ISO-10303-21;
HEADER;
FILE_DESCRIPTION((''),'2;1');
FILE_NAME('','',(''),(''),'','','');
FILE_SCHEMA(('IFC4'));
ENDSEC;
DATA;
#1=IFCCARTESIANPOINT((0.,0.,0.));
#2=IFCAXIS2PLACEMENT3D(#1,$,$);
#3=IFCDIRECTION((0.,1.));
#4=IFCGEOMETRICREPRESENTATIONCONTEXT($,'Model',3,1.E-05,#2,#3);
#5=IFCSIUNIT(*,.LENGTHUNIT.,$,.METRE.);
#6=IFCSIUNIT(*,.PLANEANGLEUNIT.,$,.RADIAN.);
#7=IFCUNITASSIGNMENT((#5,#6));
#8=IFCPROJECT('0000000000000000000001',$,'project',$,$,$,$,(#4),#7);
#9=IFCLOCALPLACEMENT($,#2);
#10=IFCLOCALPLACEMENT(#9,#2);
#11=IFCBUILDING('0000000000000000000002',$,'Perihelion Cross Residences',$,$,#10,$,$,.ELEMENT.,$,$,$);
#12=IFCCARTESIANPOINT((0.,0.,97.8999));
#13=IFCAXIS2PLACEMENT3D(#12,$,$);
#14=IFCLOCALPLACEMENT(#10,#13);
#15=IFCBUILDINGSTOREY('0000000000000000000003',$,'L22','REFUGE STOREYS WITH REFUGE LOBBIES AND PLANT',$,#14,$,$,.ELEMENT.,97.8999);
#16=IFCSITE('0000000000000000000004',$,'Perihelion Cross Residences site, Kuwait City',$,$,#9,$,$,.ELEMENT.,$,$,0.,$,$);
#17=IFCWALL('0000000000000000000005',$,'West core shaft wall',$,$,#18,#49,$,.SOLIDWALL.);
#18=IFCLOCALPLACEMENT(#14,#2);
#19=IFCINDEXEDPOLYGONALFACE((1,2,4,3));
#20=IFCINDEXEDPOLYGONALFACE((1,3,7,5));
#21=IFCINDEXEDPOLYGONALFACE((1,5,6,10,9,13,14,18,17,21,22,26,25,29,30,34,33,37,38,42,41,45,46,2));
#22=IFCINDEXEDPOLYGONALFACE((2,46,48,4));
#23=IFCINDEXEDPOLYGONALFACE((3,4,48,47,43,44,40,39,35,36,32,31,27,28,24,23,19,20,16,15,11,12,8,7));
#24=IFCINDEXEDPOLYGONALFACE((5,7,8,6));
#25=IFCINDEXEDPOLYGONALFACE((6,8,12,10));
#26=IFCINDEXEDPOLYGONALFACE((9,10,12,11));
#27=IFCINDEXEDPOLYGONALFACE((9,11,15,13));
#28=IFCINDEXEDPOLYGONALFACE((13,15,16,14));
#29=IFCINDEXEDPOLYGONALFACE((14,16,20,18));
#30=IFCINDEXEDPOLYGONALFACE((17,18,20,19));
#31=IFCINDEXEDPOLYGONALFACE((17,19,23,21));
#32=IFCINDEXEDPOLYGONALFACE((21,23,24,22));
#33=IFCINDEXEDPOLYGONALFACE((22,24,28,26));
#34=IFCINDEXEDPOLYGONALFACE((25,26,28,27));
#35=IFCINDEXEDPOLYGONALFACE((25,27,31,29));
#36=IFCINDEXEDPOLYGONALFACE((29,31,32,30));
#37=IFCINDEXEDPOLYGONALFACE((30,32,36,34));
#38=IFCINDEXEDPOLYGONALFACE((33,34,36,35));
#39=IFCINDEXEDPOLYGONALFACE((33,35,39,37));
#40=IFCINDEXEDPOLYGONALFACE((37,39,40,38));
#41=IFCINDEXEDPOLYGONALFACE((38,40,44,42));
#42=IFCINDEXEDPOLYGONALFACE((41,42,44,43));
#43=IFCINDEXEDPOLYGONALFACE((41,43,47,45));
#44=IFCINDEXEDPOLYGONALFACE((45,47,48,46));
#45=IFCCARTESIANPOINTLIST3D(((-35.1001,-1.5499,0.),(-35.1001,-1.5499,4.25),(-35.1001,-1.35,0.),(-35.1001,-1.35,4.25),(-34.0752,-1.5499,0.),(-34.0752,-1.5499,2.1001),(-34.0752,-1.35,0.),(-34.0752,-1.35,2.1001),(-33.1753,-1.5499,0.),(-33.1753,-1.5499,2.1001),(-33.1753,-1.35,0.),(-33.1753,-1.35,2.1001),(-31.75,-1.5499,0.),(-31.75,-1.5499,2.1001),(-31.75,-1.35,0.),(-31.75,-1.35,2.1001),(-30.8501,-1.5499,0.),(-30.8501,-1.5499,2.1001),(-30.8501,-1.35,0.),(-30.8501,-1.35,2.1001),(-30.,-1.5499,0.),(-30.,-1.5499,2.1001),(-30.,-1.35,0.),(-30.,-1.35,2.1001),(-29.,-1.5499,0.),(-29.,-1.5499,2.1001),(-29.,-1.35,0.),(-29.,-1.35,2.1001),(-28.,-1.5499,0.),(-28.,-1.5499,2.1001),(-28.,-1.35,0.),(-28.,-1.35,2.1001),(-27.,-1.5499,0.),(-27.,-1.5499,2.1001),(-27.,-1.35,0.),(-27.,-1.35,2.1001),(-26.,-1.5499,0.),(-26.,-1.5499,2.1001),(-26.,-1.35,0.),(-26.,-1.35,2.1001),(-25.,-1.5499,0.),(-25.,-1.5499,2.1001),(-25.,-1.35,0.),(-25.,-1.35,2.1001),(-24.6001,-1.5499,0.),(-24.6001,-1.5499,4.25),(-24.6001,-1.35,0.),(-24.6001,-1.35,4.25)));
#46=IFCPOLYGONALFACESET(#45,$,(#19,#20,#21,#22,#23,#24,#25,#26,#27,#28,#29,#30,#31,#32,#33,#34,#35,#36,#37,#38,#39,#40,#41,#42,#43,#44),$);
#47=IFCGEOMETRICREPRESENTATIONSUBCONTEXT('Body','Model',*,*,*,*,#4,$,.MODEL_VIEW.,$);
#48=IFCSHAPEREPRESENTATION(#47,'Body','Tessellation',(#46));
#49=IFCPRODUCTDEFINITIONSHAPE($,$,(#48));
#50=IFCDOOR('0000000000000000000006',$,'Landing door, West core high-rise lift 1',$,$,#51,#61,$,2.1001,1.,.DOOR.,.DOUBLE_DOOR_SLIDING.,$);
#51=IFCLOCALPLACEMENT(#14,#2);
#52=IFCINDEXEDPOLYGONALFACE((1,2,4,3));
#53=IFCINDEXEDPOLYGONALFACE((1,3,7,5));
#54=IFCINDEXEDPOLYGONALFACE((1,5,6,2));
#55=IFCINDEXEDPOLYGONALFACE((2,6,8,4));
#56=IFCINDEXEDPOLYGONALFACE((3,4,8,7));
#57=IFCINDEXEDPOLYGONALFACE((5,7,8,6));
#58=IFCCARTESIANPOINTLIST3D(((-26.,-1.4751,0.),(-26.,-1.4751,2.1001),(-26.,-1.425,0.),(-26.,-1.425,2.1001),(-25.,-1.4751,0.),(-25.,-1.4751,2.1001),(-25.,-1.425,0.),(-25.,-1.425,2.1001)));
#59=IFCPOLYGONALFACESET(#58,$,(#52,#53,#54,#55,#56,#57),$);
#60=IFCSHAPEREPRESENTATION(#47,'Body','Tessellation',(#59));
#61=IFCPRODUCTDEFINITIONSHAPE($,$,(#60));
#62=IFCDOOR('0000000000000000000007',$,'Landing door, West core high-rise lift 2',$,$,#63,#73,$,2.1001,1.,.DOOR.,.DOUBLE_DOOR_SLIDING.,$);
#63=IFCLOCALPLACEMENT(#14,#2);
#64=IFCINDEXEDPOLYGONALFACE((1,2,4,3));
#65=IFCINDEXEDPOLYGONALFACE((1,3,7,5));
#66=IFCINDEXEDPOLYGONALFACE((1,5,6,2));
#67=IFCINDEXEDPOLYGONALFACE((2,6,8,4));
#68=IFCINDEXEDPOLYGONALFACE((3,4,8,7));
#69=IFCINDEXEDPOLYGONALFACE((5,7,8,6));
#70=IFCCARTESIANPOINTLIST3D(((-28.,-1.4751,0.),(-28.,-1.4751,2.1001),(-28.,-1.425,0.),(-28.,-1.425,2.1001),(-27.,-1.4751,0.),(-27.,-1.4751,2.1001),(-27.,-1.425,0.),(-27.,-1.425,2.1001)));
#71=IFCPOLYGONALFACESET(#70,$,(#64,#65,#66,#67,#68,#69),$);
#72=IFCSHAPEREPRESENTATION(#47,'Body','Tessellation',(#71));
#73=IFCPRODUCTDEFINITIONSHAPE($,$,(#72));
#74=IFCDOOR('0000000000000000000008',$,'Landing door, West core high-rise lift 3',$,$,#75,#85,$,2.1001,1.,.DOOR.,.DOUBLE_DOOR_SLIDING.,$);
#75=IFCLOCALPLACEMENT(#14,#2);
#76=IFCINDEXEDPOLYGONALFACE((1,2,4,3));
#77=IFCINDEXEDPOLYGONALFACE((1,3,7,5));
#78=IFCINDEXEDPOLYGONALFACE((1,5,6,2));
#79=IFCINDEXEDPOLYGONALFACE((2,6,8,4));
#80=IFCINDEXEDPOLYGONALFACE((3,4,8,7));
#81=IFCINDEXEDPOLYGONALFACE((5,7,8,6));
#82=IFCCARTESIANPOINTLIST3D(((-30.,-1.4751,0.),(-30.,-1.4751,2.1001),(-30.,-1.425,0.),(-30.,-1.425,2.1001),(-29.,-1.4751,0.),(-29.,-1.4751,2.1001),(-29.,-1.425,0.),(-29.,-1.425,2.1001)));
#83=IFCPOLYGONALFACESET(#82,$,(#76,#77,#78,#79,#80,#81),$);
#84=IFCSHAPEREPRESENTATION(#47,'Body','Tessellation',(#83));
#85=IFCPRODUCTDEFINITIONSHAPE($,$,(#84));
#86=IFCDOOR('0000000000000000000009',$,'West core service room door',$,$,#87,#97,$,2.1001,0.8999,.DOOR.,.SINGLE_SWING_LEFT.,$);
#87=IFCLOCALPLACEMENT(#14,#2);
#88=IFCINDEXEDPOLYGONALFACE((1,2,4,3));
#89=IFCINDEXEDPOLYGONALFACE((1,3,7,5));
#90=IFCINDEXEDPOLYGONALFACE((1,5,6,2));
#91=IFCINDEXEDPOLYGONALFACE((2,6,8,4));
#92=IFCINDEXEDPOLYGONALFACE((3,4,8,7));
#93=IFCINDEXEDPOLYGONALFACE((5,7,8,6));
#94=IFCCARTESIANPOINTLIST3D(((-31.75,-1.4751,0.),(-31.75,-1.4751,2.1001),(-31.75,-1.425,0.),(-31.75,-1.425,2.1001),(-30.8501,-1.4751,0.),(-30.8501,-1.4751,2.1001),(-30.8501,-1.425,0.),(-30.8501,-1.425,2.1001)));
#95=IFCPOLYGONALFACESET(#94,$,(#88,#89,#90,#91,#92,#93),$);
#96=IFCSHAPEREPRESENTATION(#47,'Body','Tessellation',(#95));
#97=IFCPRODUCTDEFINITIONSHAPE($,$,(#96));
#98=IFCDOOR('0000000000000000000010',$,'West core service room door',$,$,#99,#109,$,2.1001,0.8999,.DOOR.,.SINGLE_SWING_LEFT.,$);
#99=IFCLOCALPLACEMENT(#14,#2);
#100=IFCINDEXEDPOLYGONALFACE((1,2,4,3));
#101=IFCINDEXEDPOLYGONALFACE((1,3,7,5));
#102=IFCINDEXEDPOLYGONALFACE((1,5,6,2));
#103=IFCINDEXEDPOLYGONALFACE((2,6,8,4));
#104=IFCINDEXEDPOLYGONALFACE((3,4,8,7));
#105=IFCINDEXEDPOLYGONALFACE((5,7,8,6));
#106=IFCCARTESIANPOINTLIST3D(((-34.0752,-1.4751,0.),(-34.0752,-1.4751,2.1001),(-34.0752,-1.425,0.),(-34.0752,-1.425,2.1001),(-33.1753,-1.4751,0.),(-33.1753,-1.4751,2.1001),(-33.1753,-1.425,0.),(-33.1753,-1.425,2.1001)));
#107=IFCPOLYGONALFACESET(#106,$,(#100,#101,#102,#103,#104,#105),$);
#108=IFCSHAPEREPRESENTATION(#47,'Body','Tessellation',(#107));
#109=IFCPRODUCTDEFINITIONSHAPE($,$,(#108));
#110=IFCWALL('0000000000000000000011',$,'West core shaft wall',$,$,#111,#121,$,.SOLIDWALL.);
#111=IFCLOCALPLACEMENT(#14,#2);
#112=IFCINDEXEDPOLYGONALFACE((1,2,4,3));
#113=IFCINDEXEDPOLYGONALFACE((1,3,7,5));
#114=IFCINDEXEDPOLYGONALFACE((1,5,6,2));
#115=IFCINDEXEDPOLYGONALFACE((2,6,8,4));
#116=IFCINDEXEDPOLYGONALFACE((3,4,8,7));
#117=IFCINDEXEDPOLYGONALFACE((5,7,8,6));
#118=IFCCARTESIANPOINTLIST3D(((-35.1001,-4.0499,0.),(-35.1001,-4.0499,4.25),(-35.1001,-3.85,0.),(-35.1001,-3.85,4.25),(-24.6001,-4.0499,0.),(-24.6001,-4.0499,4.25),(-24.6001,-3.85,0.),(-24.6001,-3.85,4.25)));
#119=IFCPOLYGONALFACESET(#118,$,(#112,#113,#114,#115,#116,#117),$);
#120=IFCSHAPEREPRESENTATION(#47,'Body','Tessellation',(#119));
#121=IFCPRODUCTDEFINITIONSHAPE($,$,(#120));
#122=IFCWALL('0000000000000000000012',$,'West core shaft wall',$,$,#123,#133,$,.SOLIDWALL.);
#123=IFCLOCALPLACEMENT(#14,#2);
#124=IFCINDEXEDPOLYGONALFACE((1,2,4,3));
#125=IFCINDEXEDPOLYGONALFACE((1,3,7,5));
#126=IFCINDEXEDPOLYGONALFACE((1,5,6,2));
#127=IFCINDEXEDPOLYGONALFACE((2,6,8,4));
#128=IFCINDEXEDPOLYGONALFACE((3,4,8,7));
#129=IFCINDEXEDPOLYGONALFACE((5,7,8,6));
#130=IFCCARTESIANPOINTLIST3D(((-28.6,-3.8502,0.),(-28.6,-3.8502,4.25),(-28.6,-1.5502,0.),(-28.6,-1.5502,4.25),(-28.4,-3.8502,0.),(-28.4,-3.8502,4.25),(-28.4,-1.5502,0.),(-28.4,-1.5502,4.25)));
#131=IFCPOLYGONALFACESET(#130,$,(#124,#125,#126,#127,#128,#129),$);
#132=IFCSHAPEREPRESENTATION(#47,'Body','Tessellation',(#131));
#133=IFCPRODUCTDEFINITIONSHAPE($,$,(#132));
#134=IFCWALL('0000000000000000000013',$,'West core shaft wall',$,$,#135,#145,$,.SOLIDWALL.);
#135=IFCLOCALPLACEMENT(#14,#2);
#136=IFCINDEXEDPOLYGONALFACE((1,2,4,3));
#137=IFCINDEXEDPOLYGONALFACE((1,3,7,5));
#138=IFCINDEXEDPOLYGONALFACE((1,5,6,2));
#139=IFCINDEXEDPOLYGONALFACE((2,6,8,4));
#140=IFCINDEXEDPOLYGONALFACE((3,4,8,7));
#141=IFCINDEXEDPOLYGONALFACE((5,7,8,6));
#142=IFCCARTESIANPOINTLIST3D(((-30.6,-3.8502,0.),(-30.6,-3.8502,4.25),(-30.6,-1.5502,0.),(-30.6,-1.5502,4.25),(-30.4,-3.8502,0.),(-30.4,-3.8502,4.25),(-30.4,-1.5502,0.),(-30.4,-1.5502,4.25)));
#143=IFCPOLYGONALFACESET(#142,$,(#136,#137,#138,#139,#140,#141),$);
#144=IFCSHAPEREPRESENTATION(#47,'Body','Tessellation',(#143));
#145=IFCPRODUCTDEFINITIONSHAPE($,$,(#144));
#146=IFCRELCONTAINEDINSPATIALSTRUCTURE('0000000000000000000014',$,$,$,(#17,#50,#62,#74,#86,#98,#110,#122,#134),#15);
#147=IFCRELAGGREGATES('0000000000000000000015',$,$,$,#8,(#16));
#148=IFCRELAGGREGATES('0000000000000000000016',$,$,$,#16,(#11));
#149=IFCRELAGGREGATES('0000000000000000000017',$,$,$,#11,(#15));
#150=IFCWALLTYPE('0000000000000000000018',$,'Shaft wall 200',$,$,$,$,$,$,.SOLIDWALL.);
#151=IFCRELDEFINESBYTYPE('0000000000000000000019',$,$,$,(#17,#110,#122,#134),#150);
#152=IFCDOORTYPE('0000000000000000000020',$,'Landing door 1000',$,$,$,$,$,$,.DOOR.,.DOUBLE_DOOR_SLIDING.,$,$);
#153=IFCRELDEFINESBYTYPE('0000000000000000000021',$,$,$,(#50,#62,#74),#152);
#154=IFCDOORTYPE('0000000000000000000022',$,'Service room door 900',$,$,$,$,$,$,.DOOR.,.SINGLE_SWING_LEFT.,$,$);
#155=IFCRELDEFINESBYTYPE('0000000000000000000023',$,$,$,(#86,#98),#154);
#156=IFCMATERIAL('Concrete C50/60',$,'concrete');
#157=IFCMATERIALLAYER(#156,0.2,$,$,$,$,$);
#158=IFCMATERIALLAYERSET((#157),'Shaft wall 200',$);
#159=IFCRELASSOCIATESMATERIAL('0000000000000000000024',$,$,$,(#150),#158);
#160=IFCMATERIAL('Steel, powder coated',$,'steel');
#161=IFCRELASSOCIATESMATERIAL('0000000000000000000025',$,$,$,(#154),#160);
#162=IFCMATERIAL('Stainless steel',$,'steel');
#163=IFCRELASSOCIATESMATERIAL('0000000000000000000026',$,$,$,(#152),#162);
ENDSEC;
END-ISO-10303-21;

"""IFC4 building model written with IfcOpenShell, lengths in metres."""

from ifc_helpers import new_model, si_unit, direction, frame, frame_2d, origin, place, context, subcontext, project, spatial, rectangle, extrude, material, layer, layer_set, type_object, element, fill, save


model = new_model("IFC4")

# Units and contexts
model_context = context("Model", 3, precision=1e-05, world=origin(), true_north=direction((0.0, 1.0)))
body_context = subcontext(model_context, "Body", "Model", "MODEL_VIEW")
ifc_project = project(units=[si_unit("LENGTHUNIT", "METRE"), si_unit("PLANEANGLEUNIT", "RADIAN")], contexts=[model_context])

# Site, building, storey
site_placement = place(None, origin())
site = spatial("IfcSite", under=ifc_project, at=site_placement, Name="Perihelion Cross Residences site, Kuwait City", CompositionType="ELEMENT", RefElevation=0.0)
building_placement = place(site_placement, origin())
building = spatial("IfcBuilding", under=site, at=building_placement, Name="Perihelion Cross Residences", CompositionType="ELEMENT")
storey_placement = place(building_placement, frame((0.0, 0.0, 97.8999)))
storey = spatial("IfcBuildingStorey", under=building, at=storey_placement, Name="L22", Description="REFUGE STOREYS WITH REFUGE LOBBIES AND PLANT", CompositionType="ELEMENT", Elevation=97.8999)

# Wall, openings, doors
ifc_material_1 = material(Name="Concrete C50/60", Category="concrete")
ifc_layer_1 = layer(ifc_material_1, 0.2)
ifc_layer_set_1 = layer_set([ifc_layer_1], Name="Shaft wall 200")
wall_type_1 = type_object("IfcWallType", Name="Shaft wall 200", PredefinedType="SOLIDWALL", material=ifc_layer_set_1)
ifc_material_2 = material(Name="Steel, powder coated", Category="steel")
door_type_1 = type_object("IfcDoorType", Name="Service room door 900", OperationType="SINGLE_SWING_LEFT", PredefinedType="DOOR", material=ifc_material_2)
wall_1_placement = place(storey_placement, frame((-35.1001, -1.45, 0.0), z_axis=(0.0, 0.0, 1.0), x_axis=(1.0, 0.0, 0.0)))
wall_1 = element("IfcWall", 1, at=wall_1_placement, inside=storey, type_object=wall_type_1, Name="West core shaft wall", PredefinedType="SOLIDWALL", context=body_context, shape_type="SweptSolid", body=[
    extrude(rectangle(XDim=10.5, YDim=0.2, at=frame_2d((5.25, 0.0))), origin(), (0.0, 0.0, 1.0), 4.25),
])
opening_1_placement = place(wall_1_placement, frame((9.1001, 0.0, 0.0)))
opening_1 = element("IfcOpeningElement", 2, at=opening_1_placement, cuts=wall_1, PredefinedType="OPENING", context=body_context, shape_type="SweptSolid", body=[
    extrude(rectangle(XDim=1.0, YDim=2.1001, at=frame_2d((0.5, 1.05))), frame((0.0, 0.1099, 0.0), z_axis=(0.0, -1.0, 0.0), x_axis=(1.0, 0.0, 0.0)), (0.0, 0.0, 1.0), 0.22),
])
opening_2_placement = place(wall_1_placement, frame((7.1001, 0.0, 0.0)))
opening_2 = element("IfcOpeningElement", 3, at=opening_2_placement, cuts=wall_1, PredefinedType="OPENING", context=body_context, shape_type="SweptSolid", body=[
    extrude(rectangle(XDim=1.0, YDim=2.1001, at=frame_2d((0.5, 1.05))), frame((0.0, 0.1099, 0.0), z_axis=(0.0, -1.0, 0.0), x_axis=(1.0, 0.0, 0.0)), (0.0, 0.0, 1.0), 0.22),
])
opening_3_placement = place(wall_1_placement, frame((5.1001, 0.0, 0.0)))
opening_3 = element("IfcOpeningElement", 4, at=opening_3_placement, cuts=wall_1, PredefinedType="OPENING", context=body_context, shape_type="SweptSolid", body=[
    extrude(rectangle(XDim=1.0, YDim=2.1001, at=frame_2d((0.5, 1.05))), frame((0.0, 0.1099, 0.0), z_axis=(0.0, -1.0, 0.0), x_axis=(1.0, 0.0, 0.0)), (0.0, 0.0, 1.0), 0.22),
])
opening_4_placement = place(wall_1_placement, frame((3.3501, 0.0, 0.0)))
opening_4 = element("IfcOpeningElement", 5, at=opening_4_placement, cuts=wall_1, PredefinedType="OPENING", context=body_context, shape_type="SweptSolid", body=[
    extrude(rectangle(XDim=0.8999, YDim=2.1001, at=frame_2d((0.45, 1.05))), frame((0.0, 0.1099, 0.0), z_axis=(0.0, -1.0, 0.0), x_axis=(1.0, 0.0, 0.0)), (0.0, 0.0, 1.0), 0.22),
])
opening_5_placement = place(wall_1_placement, frame((1.0249, 0.0, 0.0)))
opening_5 = element("IfcOpeningElement", 6, at=opening_5_placement, cuts=wall_1, PredefinedType="OPENING", context=body_context, shape_type="SweptSolid", body=[
    extrude(rectangle(XDim=0.8999, YDim=2.1001, at=frame_2d((0.45, 1.05))), frame((0.0, 0.1099, 0.0), z_axis=(0.0, -1.0, 0.0), x_axis=(1.0, 0.0, 0.0)), (0.0, 0.0, 1.0), 0.22),
])
ifc_material_3 = material(Name="Stainless steel", Category="steel")
door_type_2 = type_object("IfcDoorType", Name="Landing door 1000", OperationType="DOUBLE_DOOR_SLIDING", PredefinedType="DOOR", material=ifc_material_3)
door_1_placement = place(opening_1_placement, origin())
door_1 = element("IfcDoor", 7, at=door_1_placement, inside=storey, type_object=door_type_2, Name="Landing door, West core high-rise lift 1", OperationType="DOUBLE_DOOR_SLIDING", OverallHeight=2.1001, OverallWidth=1.0, PredefinedType="DOOR", context=body_context, shape_type="SweptSolid", body=[
    extrude(rectangle(XDim=1.0, YDim=2.1001, at=frame_2d((0.5, 1.05))), frame((0.0, 0.0249, 0.0), z_axis=(0.0, -1.0, 0.0), x_axis=(1.0, 0.0, 0.0)), (0.0, 0.0, 1.0), 0.05),
])
fill(opening_1, door_1)
door_2_placement = place(opening_2_placement, origin())
door_2 = element("IfcDoor", 8, at=door_2_placement, inside=storey, type_object=door_type_2, Name="Landing door, West core high-rise lift 2", OperationType="DOUBLE_DOOR_SLIDING", OverallHeight=2.1001, OverallWidth=1.0, PredefinedType="DOOR", context=body_context, shape_type="SweptSolid", body=[
    extrude(rectangle(XDim=1.0, YDim=2.1001, at=frame_2d((0.5, 1.05))), frame((0.0, 0.0249, 0.0), z_axis=(0.0, -1.0, 0.0), x_axis=(1.0, 0.0, 0.0)), (0.0, 0.0, 1.0), 0.05),
])
fill(opening_2, door_2)
door_3_placement = place(opening_3_placement, origin())
door_3 = element("IfcDoor", 9, at=door_3_placement, inside=storey, type_object=door_type_2, Name="Landing door, West core high-rise lift 3", OperationType="DOUBLE_DOOR_SLIDING", OverallHeight=2.1001, OverallWidth=1.0, PredefinedType="DOOR", context=body_context, shape_type="SweptSolid", body=[
    extrude(rectangle(XDim=1.0, YDim=2.1001, at=frame_2d((0.5, 1.05))), frame((0.0, 0.0249, 0.0), z_axis=(0.0, -1.0, 0.0), x_axis=(1.0, 0.0, 0.0)), (0.0, 0.0, 1.0), 0.05),
])
fill(opening_3, door_3)
door_4_placement = place(opening_4_placement, origin())
door_4 = element("IfcDoor", 10, at=door_4_placement, inside=storey, type_object=door_type_1, Name="West core service room door", OperationType="SINGLE_SWING_LEFT", OverallHeight=2.1001, OverallWidth=0.8999, PredefinedType="DOOR", context=body_context, shape_type="SweptSolid", body=[
    extrude(rectangle(XDim=0.8999, YDim=2.1001, at=frame_2d((0.45, 1.05))), frame((0.0, 0.0249, 0.0), z_axis=(0.0, -1.0, 0.0), x_axis=(1.0, 0.0, 0.0)), (0.0, 0.0, 1.0), 0.05),
])
fill(opening_4, door_4)
door_5_placement = place(opening_5_placement, origin())
door_5 = element("IfcDoor", 11, at=door_5_placement, inside=storey, type_object=door_type_1, Name="West core service room door", OperationType="SINGLE_SWING_LEFT", OverallHeight=2.1001, OverallWidth=0.8999, PredefinedType="DOOR", context=body_context, shape_type="SweptSolid", body=[
    extrude(rectangle(XDim=0.8999, YDim=2.1001, at=frame_2d((0.45, 1.05))), frame((0.0, 0.0249, 0.0), z_axis=(0.0, -1.0, 0.0), x_axis=(1.0, 0.0, 0.0)), (0.0, 0.0, 1.0), 0.05),
])
fill(opening_5, door_5)

# Walls
wall_2_placement = place(storey_placement, frame((-35.1001, -3.95, 0.0), z_axis=(0.0, 0.0, 1.0), x_axis=(1.0, 0.0, 0.0)))
element("IfcWall", 12, at=wall_2_placement, inside=storey, type_object=wall_type_1, Name="West core shaft wall", PredefinedType="SOLIDWALL", context=body_context, shape_type="SweptSolid", body=[
    extrude(rectangle(XDim=10.5, YDim=0.2, at=frame_2d((5.25, 0.0))), origin(), (0.0, 0.0, 1.0), 4.25),
])
for number, where, z_axis, x_axis, name in (
    (13, (-28.5, -3.8501, 0.0), (0.0, 0.0, 1.0), (0.0, 1.0, 0.0), "West core shaft wall"),
    (14, (-30.5, -3.8501, 0.0), (0.0, 0.0, 1.0), (0.0, 1.0, 0.0), "West core shaft wall"),
):
    element("IfcWall", number, at=place(storey_placement, frame(where, z_axis=z_axis, x_axis=x_axis)), inside=storey, type_object=wall_type_1, Name=name, PredefinedType="SOLIDWALL", context=body_context, shape_type="SweptSolid", body=[
        extrude(rectangle(XDim=2.3, YDim=0.2, at=frame_2d((1.1499, 0.0))), origin(), (0.0, 0.0, 1.0), 4.25),
    ])

save(model, "model.ifc")
